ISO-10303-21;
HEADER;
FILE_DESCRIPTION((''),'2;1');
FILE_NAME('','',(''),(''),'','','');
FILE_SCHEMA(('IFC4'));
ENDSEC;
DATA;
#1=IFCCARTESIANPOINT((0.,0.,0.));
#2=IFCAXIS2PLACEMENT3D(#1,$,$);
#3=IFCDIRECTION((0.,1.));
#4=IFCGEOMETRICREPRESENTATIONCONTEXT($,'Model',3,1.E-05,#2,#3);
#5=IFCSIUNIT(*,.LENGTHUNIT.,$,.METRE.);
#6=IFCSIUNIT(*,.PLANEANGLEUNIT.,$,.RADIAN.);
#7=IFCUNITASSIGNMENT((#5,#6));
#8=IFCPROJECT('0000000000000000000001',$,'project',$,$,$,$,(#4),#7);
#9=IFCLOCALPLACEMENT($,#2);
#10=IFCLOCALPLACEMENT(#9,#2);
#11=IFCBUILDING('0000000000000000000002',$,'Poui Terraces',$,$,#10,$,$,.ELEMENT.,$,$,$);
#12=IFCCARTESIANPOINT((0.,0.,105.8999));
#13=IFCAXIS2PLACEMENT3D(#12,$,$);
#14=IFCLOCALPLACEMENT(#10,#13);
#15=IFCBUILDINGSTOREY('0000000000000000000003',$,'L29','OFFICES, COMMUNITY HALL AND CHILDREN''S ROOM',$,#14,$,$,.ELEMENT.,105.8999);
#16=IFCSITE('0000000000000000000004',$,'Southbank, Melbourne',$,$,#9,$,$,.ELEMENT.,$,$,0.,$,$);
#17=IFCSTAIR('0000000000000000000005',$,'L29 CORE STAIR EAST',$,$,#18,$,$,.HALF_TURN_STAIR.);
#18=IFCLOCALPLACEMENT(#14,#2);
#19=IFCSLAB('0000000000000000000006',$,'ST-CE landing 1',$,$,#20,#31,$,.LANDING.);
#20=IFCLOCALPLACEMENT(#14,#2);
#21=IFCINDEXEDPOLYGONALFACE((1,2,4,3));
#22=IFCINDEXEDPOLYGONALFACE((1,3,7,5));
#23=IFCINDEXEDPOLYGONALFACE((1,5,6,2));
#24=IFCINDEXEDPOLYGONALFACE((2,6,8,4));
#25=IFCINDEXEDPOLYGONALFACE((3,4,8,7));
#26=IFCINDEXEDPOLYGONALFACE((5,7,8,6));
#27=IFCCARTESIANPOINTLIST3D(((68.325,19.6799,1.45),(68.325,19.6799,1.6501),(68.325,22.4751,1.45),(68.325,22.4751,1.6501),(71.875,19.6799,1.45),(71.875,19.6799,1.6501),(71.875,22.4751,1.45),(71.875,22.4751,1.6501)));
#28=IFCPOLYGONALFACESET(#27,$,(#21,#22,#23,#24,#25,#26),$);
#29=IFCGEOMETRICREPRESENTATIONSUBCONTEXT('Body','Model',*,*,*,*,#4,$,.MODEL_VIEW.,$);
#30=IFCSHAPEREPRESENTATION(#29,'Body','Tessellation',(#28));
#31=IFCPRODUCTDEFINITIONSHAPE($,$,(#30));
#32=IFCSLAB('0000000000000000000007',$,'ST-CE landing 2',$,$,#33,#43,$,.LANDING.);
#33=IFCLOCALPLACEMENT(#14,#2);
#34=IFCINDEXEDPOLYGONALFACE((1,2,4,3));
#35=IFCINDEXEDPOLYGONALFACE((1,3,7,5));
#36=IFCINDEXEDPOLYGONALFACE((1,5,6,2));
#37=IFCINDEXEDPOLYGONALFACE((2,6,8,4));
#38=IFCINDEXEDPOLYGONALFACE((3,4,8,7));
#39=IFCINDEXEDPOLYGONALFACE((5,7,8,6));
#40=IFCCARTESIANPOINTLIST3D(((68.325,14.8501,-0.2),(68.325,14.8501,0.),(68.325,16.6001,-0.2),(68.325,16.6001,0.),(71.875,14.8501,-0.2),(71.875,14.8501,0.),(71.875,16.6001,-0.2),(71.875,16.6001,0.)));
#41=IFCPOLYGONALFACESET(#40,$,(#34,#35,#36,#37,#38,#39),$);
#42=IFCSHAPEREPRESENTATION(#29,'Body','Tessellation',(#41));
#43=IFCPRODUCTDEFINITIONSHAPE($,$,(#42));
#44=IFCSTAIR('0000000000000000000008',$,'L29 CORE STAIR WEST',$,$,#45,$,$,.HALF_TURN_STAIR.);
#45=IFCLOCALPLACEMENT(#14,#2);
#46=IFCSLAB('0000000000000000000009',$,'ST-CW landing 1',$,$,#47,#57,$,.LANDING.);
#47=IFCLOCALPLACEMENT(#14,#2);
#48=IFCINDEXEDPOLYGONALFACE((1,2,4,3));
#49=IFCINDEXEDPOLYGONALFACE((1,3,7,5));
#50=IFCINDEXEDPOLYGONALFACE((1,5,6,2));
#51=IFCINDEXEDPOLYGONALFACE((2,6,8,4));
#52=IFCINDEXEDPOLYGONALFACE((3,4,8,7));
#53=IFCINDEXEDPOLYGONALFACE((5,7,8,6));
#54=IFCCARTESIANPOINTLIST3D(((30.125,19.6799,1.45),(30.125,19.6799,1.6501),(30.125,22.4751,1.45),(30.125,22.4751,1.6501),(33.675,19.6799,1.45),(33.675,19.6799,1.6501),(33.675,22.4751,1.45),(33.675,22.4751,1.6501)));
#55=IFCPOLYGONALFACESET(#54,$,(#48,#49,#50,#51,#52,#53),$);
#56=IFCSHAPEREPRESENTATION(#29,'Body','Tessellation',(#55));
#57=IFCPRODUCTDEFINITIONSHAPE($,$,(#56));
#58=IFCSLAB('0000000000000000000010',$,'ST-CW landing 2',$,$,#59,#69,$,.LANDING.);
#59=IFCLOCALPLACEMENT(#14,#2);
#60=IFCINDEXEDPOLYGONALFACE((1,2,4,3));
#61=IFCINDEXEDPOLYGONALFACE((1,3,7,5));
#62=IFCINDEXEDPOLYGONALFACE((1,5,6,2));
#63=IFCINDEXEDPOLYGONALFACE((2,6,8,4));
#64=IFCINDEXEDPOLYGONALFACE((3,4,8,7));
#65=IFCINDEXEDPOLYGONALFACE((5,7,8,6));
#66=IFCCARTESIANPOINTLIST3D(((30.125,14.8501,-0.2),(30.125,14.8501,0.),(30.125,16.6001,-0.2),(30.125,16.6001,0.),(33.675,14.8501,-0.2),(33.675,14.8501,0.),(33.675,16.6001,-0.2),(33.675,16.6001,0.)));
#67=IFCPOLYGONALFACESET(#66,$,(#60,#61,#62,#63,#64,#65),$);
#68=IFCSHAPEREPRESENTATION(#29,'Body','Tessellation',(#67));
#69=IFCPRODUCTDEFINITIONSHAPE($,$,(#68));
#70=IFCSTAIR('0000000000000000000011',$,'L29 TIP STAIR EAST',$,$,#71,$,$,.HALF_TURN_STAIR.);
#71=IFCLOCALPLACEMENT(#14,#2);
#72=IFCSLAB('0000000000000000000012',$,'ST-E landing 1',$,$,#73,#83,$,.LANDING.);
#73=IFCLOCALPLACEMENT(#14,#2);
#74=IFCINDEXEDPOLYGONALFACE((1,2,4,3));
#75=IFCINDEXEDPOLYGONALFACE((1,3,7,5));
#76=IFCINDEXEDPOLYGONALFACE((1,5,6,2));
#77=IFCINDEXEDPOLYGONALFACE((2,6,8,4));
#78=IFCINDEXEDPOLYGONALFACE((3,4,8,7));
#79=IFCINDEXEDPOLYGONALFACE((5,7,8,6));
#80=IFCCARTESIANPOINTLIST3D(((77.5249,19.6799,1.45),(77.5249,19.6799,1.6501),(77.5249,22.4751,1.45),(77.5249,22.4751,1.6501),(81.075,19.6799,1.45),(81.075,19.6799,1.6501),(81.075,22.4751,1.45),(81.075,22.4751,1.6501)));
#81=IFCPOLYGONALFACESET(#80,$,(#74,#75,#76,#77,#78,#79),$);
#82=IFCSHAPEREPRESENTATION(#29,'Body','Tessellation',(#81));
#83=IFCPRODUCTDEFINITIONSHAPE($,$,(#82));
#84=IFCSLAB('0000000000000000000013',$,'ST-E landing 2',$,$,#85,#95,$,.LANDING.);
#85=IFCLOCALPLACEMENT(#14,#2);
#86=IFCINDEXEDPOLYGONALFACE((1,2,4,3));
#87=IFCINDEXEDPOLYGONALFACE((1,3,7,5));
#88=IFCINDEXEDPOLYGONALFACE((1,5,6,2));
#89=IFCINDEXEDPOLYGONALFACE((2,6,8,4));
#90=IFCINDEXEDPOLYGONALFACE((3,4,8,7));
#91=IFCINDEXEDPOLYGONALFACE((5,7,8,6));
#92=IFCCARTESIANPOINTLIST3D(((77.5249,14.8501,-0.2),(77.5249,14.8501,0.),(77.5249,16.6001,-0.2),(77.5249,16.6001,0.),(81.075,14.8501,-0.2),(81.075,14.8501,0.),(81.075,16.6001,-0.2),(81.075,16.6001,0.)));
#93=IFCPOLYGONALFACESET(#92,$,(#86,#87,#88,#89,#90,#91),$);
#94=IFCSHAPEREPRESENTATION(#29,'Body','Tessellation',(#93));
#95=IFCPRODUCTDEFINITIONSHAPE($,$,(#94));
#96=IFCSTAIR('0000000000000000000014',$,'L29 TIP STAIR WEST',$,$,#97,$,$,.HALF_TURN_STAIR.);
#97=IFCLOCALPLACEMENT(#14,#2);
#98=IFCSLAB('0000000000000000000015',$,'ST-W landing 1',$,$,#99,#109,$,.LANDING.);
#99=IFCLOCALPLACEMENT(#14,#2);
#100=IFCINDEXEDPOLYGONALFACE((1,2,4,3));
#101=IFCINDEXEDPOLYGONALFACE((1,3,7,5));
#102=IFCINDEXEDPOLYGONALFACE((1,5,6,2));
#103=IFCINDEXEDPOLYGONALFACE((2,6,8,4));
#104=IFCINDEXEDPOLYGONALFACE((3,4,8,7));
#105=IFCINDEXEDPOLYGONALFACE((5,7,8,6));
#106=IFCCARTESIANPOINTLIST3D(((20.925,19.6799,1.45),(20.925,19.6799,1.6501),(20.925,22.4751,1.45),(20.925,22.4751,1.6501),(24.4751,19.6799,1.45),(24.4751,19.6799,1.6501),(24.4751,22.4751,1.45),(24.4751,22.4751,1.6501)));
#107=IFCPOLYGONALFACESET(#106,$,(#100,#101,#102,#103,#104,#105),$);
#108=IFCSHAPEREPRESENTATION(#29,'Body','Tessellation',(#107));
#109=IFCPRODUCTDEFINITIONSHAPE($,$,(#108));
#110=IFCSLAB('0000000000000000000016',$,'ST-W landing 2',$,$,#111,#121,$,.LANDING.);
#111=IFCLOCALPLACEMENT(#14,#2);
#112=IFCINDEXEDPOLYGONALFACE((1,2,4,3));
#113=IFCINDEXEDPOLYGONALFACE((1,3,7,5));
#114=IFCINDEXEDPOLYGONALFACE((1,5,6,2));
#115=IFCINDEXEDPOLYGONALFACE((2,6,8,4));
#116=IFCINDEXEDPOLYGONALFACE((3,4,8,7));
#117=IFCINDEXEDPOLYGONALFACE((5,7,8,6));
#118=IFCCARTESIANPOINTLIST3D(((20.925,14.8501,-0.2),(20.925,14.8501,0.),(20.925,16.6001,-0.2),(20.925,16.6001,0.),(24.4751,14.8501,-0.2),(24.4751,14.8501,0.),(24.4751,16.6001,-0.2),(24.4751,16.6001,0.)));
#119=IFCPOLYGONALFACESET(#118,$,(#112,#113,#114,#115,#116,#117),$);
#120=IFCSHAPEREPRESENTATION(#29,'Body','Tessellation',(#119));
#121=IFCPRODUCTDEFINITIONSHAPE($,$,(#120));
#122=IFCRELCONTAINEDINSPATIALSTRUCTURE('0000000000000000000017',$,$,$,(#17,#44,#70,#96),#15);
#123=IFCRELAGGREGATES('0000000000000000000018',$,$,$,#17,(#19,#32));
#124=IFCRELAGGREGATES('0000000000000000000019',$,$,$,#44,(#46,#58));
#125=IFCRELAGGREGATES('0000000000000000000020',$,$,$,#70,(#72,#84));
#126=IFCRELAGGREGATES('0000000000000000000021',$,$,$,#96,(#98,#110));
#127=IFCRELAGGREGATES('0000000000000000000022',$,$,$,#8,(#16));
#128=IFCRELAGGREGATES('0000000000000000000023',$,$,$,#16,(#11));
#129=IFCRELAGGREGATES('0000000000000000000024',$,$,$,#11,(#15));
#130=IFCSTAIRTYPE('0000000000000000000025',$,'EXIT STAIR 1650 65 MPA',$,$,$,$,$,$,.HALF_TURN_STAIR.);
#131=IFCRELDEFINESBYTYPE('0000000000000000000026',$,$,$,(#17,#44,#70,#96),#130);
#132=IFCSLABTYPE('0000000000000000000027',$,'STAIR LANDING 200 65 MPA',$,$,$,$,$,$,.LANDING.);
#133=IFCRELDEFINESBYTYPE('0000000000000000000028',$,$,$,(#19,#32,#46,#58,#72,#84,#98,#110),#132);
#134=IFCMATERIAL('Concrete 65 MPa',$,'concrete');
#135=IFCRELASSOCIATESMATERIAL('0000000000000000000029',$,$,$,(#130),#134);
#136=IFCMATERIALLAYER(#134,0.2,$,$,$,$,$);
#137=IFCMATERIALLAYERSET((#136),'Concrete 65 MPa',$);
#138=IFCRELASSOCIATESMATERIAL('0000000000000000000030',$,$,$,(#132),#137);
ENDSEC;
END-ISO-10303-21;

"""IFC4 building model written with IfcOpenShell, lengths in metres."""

from ifc_helpers import new_model, si_unit, direction, frame, origin, place, context, subcontext, project, spatial, polyline, outline, extrude, material, layer, layer_set, type_object, element, aggregate, save


model = new_model("IFC4")

# Units and contexts
model_context = context("Model", 3, precision=1e-05, world=origin(), true_north=direction((0.0, 1.0)))
body_context = subcontext(model_context, "Body", "Model", "MODEL_VIEW")
ifc_project = project(units=[si_unit("LENGTHUNIT", "METRE"), si_unit("PLANEANGLEUNIT", "RADIAN")], contexts=[model_context])

# Site, building, storey
site_placement = place(None, origin())
site = spatial("IfcSite", under=ifc_project, at=site_placement, Name="Southbank, Melbourne", CompositionType="ELEMENT", RefElevation=0.0)
building_placement = place(site_placement, origin())
building = spatial("IfcBuilding", under=site, at=building_placement, Name="Poui Terraces", CompositionType="ELEMENT")
storey_placement = place(building_placement, frame((0.0, 0.0, 105.8999)))
storey = spatial("IfcBuildingStorey", under=building, at=storey_placement, Name="L29", Description="OFFICES, COMMUNITY HALL AND CHILDREN'S ROOM", CompositionType="ELEMENT", Elevation=105.8999)

# Stairs, slabs
ifc_material_1 = material(Name="Concrete 65 MPa", Category="concrete")
stair_type = type_object("IfcStairType", Name="EXIT STAIR 1650 65 MPA", PredefinedType="HALF_TURN_STAIR", material=ifc_material_1)
stair_1_placement = place(storey_placement, origin())
stair_1 = element("IfcStair", 1, at=stair_1_placement, inside=storey, type_object=stair_type, Name="L29 CORE STAIR EAST", PredefinedType="HALF_TURN_STAIR")
ifc_layer_1 = layer(ifc_material_1, 0.2)
ifc_layer_set_1 = layer_set([ifc_layer_1], Name="Concrete 65 MPa")
slab_type_1 = type_object("IfcSlabType", Name="STAIR LANDING 200 65 MPA", PredefinedType="LANDING", material=ifc_layer_set_1)
slab_1_placement = place(storey_placement, frame((0.0, 0.0, 1.45)))
slab_1 = element("IfcSlab", 2, at=slab_1_placement, type_object=slab_type_1, Name="ST-CE landing 1", PredefinedType="LANDING", context=body_context, shape_type="SweptSolid", body=[
    extrude(outline(polyline([(68.325, 19.6799), (71.875, 19.6799), (71.875, 22.4751), (68.325, 22.4751), (68.325, 19.6799)])), origin(), (0.0, 0.0, 1.0), 0.2002),
])
slab_2_placement = place(storey_placement, frame((0.0, 0.0, -0.2)))
slab_2 = element("IfcSlab", 3, at=slab_2_placement, type_object=slab_type_1, Name="ST-CE landing 2", PredefinedType="LANDING", context=body_context, shape_type="SweptSolid", body=[
    extrude(outline(polyline([(68.325, 14.8501), (71.875, 14.8501), (71.875, 16.6001), (68.325, 16.6001), (68.325, 14.8501)])), origin(), (0.0, 0.0, 1.0), 0.2),
])
aggregate(stair_1, [slab_1, slab_2])
stair_2_placement = place(storey_placement, origin())
stair_2 = element("IfcStair", 4, at=stair_2_placement, inside=storey, type_object=stair_type, Name="L29 CORE STAIR WEST", PredefinedType="HALF_TURN_STAIR")
slab_3_placement = place(storey_placement, frame((0.0, 0.0, 1.45)))
slab_3 = element("IfcSlab", 5, at=slab_3_placement, type_object=slab_type_1, Name="ST-CW landing 1", PredefinedType="LANDING", context=body_context, shape_type="SweptSolid", body=[
    extrude(outline(polyline([(30.125, 19.6799), (33.675, 19.6799), (33.675, 22.4751), (30.125, 22.4751), (30.125, 19.6799)])), origin(), (0.0, 0.0, 1.0), 0.2002),
])
slab_4_placement = place(storey_placement, frame((0.0, 0.0, -0.2)))
slab_4 = element("IfcSlab", 6, at=slab_4_placement, type_object=slab_type_1, Name="ST-CW landing 2", PredefinedType="LANDING", context=body_context, shape_type="SweptSolid", body=[
    extrude(outline(polyline([(30.125, 14.8501), (33.675, 14.8501), (33.675, 16.6001), (30.125, 16.6001), (30.125, 14.8501)])), origin(), (0.0, 0.0, 1.0), 0.2),
])
aggregate(stair_2, [slab_3, slab_4])
stair_3_placement = place(storey_placement, origin())
stair_3 = element("IfcStair", 7, at=stair_3_placement, inside=storey, type_object=stair_type, Name="L29 TIP STAIR EAST", PredefinedType="HALF_TURN_STAIR")
slab_5_placement = place(storey_placement, frame((0.0, 0.0, 1.45)))
slab_5 = element("IfcSlab", 8, at=slab_5_placement, type_object=slab_type_1, Name="ST-E landing 1", PredefinedType="LANDING", context=body_context, shape_type="SweptSolid", body=[
    extrude(outline(polyline([(77.5249, 19.6799), (81.075, 19.6799), (81.075, 22.4751), (77.5249, 22.4751), (77.5249, 19.6799)])), origin(), (0.0, 0.0, 1.0), 0.2002),
])
slab_6_placement = place(storey_placement, frame((0.0, 0.0, -0.2)))
slab_6 = element("IfcSlab", 9, at=slab_6_placement, type_object=slab_type_1, Name="ST-E landing 2", PredefinedType="LANDING", context=body_context, shape_type="SweptSolid", body=[
    extrude(outline(polyline([(77.5249, 14.8501), (81.075, 14.8501), (81.075, 16.6001), (77.5249, 16.6001), (77.5249, 14.8501)])), origin(), (0.0, 0.0, 1.0), 0.2),
])
aggregate(stair_3, [slab_5, slab_6])
stair_4_placement = place(storey_placement, origin())
stair_4 = element("IfcStair", 10, at=stair_4_placement, inside=storey, type_object=stair_type, Name="L29 TIP STAIR WEST", PredefinedType="HALF_TURN_STAIR")
slab_7_placement = place(storey_placement, frame((0.0, 0.0, 1.45)))
slab_7 = element("IfcSlab", 11, at=slab_7_placement, type_object=slab_type_1, Name="ST-W landing 1", PredefinedType="LANDING", context=body_context, shape_type="SweptSolid", body=[
    extrude(outline(polyline([(20.925, 19.6799), (24.4751, 19.6799), (24.4751, 22.4751), (20.925, 22.4751), (20.925, 19.6799)])), origin(), (0.0, 0.0, 1.0), 0.2002),
])
slab_8_placement = place(storey_placement, frame((0.0, 0.0, -0.2)))
slab_8 = element("IfcSlab", 12, at=slab_8_placement, type_object=slab_type_1, Name="ST-W landing 2", PredefinedType="LANDING", context=body_context, shape_type="SweptSolid", body=[
    extrude(outline(polyline([(20.925, 14.8501), (24.4751, 14.8501), (24.4751, 16.6001), (20.925, 16.6001), (20.925, 14.8501)])), origin(), (0.0, 0.0, 1.0), 0.2),
])
aggregate(stair_4, [slab_7, slab_8])

save(model, "model.ifc")
